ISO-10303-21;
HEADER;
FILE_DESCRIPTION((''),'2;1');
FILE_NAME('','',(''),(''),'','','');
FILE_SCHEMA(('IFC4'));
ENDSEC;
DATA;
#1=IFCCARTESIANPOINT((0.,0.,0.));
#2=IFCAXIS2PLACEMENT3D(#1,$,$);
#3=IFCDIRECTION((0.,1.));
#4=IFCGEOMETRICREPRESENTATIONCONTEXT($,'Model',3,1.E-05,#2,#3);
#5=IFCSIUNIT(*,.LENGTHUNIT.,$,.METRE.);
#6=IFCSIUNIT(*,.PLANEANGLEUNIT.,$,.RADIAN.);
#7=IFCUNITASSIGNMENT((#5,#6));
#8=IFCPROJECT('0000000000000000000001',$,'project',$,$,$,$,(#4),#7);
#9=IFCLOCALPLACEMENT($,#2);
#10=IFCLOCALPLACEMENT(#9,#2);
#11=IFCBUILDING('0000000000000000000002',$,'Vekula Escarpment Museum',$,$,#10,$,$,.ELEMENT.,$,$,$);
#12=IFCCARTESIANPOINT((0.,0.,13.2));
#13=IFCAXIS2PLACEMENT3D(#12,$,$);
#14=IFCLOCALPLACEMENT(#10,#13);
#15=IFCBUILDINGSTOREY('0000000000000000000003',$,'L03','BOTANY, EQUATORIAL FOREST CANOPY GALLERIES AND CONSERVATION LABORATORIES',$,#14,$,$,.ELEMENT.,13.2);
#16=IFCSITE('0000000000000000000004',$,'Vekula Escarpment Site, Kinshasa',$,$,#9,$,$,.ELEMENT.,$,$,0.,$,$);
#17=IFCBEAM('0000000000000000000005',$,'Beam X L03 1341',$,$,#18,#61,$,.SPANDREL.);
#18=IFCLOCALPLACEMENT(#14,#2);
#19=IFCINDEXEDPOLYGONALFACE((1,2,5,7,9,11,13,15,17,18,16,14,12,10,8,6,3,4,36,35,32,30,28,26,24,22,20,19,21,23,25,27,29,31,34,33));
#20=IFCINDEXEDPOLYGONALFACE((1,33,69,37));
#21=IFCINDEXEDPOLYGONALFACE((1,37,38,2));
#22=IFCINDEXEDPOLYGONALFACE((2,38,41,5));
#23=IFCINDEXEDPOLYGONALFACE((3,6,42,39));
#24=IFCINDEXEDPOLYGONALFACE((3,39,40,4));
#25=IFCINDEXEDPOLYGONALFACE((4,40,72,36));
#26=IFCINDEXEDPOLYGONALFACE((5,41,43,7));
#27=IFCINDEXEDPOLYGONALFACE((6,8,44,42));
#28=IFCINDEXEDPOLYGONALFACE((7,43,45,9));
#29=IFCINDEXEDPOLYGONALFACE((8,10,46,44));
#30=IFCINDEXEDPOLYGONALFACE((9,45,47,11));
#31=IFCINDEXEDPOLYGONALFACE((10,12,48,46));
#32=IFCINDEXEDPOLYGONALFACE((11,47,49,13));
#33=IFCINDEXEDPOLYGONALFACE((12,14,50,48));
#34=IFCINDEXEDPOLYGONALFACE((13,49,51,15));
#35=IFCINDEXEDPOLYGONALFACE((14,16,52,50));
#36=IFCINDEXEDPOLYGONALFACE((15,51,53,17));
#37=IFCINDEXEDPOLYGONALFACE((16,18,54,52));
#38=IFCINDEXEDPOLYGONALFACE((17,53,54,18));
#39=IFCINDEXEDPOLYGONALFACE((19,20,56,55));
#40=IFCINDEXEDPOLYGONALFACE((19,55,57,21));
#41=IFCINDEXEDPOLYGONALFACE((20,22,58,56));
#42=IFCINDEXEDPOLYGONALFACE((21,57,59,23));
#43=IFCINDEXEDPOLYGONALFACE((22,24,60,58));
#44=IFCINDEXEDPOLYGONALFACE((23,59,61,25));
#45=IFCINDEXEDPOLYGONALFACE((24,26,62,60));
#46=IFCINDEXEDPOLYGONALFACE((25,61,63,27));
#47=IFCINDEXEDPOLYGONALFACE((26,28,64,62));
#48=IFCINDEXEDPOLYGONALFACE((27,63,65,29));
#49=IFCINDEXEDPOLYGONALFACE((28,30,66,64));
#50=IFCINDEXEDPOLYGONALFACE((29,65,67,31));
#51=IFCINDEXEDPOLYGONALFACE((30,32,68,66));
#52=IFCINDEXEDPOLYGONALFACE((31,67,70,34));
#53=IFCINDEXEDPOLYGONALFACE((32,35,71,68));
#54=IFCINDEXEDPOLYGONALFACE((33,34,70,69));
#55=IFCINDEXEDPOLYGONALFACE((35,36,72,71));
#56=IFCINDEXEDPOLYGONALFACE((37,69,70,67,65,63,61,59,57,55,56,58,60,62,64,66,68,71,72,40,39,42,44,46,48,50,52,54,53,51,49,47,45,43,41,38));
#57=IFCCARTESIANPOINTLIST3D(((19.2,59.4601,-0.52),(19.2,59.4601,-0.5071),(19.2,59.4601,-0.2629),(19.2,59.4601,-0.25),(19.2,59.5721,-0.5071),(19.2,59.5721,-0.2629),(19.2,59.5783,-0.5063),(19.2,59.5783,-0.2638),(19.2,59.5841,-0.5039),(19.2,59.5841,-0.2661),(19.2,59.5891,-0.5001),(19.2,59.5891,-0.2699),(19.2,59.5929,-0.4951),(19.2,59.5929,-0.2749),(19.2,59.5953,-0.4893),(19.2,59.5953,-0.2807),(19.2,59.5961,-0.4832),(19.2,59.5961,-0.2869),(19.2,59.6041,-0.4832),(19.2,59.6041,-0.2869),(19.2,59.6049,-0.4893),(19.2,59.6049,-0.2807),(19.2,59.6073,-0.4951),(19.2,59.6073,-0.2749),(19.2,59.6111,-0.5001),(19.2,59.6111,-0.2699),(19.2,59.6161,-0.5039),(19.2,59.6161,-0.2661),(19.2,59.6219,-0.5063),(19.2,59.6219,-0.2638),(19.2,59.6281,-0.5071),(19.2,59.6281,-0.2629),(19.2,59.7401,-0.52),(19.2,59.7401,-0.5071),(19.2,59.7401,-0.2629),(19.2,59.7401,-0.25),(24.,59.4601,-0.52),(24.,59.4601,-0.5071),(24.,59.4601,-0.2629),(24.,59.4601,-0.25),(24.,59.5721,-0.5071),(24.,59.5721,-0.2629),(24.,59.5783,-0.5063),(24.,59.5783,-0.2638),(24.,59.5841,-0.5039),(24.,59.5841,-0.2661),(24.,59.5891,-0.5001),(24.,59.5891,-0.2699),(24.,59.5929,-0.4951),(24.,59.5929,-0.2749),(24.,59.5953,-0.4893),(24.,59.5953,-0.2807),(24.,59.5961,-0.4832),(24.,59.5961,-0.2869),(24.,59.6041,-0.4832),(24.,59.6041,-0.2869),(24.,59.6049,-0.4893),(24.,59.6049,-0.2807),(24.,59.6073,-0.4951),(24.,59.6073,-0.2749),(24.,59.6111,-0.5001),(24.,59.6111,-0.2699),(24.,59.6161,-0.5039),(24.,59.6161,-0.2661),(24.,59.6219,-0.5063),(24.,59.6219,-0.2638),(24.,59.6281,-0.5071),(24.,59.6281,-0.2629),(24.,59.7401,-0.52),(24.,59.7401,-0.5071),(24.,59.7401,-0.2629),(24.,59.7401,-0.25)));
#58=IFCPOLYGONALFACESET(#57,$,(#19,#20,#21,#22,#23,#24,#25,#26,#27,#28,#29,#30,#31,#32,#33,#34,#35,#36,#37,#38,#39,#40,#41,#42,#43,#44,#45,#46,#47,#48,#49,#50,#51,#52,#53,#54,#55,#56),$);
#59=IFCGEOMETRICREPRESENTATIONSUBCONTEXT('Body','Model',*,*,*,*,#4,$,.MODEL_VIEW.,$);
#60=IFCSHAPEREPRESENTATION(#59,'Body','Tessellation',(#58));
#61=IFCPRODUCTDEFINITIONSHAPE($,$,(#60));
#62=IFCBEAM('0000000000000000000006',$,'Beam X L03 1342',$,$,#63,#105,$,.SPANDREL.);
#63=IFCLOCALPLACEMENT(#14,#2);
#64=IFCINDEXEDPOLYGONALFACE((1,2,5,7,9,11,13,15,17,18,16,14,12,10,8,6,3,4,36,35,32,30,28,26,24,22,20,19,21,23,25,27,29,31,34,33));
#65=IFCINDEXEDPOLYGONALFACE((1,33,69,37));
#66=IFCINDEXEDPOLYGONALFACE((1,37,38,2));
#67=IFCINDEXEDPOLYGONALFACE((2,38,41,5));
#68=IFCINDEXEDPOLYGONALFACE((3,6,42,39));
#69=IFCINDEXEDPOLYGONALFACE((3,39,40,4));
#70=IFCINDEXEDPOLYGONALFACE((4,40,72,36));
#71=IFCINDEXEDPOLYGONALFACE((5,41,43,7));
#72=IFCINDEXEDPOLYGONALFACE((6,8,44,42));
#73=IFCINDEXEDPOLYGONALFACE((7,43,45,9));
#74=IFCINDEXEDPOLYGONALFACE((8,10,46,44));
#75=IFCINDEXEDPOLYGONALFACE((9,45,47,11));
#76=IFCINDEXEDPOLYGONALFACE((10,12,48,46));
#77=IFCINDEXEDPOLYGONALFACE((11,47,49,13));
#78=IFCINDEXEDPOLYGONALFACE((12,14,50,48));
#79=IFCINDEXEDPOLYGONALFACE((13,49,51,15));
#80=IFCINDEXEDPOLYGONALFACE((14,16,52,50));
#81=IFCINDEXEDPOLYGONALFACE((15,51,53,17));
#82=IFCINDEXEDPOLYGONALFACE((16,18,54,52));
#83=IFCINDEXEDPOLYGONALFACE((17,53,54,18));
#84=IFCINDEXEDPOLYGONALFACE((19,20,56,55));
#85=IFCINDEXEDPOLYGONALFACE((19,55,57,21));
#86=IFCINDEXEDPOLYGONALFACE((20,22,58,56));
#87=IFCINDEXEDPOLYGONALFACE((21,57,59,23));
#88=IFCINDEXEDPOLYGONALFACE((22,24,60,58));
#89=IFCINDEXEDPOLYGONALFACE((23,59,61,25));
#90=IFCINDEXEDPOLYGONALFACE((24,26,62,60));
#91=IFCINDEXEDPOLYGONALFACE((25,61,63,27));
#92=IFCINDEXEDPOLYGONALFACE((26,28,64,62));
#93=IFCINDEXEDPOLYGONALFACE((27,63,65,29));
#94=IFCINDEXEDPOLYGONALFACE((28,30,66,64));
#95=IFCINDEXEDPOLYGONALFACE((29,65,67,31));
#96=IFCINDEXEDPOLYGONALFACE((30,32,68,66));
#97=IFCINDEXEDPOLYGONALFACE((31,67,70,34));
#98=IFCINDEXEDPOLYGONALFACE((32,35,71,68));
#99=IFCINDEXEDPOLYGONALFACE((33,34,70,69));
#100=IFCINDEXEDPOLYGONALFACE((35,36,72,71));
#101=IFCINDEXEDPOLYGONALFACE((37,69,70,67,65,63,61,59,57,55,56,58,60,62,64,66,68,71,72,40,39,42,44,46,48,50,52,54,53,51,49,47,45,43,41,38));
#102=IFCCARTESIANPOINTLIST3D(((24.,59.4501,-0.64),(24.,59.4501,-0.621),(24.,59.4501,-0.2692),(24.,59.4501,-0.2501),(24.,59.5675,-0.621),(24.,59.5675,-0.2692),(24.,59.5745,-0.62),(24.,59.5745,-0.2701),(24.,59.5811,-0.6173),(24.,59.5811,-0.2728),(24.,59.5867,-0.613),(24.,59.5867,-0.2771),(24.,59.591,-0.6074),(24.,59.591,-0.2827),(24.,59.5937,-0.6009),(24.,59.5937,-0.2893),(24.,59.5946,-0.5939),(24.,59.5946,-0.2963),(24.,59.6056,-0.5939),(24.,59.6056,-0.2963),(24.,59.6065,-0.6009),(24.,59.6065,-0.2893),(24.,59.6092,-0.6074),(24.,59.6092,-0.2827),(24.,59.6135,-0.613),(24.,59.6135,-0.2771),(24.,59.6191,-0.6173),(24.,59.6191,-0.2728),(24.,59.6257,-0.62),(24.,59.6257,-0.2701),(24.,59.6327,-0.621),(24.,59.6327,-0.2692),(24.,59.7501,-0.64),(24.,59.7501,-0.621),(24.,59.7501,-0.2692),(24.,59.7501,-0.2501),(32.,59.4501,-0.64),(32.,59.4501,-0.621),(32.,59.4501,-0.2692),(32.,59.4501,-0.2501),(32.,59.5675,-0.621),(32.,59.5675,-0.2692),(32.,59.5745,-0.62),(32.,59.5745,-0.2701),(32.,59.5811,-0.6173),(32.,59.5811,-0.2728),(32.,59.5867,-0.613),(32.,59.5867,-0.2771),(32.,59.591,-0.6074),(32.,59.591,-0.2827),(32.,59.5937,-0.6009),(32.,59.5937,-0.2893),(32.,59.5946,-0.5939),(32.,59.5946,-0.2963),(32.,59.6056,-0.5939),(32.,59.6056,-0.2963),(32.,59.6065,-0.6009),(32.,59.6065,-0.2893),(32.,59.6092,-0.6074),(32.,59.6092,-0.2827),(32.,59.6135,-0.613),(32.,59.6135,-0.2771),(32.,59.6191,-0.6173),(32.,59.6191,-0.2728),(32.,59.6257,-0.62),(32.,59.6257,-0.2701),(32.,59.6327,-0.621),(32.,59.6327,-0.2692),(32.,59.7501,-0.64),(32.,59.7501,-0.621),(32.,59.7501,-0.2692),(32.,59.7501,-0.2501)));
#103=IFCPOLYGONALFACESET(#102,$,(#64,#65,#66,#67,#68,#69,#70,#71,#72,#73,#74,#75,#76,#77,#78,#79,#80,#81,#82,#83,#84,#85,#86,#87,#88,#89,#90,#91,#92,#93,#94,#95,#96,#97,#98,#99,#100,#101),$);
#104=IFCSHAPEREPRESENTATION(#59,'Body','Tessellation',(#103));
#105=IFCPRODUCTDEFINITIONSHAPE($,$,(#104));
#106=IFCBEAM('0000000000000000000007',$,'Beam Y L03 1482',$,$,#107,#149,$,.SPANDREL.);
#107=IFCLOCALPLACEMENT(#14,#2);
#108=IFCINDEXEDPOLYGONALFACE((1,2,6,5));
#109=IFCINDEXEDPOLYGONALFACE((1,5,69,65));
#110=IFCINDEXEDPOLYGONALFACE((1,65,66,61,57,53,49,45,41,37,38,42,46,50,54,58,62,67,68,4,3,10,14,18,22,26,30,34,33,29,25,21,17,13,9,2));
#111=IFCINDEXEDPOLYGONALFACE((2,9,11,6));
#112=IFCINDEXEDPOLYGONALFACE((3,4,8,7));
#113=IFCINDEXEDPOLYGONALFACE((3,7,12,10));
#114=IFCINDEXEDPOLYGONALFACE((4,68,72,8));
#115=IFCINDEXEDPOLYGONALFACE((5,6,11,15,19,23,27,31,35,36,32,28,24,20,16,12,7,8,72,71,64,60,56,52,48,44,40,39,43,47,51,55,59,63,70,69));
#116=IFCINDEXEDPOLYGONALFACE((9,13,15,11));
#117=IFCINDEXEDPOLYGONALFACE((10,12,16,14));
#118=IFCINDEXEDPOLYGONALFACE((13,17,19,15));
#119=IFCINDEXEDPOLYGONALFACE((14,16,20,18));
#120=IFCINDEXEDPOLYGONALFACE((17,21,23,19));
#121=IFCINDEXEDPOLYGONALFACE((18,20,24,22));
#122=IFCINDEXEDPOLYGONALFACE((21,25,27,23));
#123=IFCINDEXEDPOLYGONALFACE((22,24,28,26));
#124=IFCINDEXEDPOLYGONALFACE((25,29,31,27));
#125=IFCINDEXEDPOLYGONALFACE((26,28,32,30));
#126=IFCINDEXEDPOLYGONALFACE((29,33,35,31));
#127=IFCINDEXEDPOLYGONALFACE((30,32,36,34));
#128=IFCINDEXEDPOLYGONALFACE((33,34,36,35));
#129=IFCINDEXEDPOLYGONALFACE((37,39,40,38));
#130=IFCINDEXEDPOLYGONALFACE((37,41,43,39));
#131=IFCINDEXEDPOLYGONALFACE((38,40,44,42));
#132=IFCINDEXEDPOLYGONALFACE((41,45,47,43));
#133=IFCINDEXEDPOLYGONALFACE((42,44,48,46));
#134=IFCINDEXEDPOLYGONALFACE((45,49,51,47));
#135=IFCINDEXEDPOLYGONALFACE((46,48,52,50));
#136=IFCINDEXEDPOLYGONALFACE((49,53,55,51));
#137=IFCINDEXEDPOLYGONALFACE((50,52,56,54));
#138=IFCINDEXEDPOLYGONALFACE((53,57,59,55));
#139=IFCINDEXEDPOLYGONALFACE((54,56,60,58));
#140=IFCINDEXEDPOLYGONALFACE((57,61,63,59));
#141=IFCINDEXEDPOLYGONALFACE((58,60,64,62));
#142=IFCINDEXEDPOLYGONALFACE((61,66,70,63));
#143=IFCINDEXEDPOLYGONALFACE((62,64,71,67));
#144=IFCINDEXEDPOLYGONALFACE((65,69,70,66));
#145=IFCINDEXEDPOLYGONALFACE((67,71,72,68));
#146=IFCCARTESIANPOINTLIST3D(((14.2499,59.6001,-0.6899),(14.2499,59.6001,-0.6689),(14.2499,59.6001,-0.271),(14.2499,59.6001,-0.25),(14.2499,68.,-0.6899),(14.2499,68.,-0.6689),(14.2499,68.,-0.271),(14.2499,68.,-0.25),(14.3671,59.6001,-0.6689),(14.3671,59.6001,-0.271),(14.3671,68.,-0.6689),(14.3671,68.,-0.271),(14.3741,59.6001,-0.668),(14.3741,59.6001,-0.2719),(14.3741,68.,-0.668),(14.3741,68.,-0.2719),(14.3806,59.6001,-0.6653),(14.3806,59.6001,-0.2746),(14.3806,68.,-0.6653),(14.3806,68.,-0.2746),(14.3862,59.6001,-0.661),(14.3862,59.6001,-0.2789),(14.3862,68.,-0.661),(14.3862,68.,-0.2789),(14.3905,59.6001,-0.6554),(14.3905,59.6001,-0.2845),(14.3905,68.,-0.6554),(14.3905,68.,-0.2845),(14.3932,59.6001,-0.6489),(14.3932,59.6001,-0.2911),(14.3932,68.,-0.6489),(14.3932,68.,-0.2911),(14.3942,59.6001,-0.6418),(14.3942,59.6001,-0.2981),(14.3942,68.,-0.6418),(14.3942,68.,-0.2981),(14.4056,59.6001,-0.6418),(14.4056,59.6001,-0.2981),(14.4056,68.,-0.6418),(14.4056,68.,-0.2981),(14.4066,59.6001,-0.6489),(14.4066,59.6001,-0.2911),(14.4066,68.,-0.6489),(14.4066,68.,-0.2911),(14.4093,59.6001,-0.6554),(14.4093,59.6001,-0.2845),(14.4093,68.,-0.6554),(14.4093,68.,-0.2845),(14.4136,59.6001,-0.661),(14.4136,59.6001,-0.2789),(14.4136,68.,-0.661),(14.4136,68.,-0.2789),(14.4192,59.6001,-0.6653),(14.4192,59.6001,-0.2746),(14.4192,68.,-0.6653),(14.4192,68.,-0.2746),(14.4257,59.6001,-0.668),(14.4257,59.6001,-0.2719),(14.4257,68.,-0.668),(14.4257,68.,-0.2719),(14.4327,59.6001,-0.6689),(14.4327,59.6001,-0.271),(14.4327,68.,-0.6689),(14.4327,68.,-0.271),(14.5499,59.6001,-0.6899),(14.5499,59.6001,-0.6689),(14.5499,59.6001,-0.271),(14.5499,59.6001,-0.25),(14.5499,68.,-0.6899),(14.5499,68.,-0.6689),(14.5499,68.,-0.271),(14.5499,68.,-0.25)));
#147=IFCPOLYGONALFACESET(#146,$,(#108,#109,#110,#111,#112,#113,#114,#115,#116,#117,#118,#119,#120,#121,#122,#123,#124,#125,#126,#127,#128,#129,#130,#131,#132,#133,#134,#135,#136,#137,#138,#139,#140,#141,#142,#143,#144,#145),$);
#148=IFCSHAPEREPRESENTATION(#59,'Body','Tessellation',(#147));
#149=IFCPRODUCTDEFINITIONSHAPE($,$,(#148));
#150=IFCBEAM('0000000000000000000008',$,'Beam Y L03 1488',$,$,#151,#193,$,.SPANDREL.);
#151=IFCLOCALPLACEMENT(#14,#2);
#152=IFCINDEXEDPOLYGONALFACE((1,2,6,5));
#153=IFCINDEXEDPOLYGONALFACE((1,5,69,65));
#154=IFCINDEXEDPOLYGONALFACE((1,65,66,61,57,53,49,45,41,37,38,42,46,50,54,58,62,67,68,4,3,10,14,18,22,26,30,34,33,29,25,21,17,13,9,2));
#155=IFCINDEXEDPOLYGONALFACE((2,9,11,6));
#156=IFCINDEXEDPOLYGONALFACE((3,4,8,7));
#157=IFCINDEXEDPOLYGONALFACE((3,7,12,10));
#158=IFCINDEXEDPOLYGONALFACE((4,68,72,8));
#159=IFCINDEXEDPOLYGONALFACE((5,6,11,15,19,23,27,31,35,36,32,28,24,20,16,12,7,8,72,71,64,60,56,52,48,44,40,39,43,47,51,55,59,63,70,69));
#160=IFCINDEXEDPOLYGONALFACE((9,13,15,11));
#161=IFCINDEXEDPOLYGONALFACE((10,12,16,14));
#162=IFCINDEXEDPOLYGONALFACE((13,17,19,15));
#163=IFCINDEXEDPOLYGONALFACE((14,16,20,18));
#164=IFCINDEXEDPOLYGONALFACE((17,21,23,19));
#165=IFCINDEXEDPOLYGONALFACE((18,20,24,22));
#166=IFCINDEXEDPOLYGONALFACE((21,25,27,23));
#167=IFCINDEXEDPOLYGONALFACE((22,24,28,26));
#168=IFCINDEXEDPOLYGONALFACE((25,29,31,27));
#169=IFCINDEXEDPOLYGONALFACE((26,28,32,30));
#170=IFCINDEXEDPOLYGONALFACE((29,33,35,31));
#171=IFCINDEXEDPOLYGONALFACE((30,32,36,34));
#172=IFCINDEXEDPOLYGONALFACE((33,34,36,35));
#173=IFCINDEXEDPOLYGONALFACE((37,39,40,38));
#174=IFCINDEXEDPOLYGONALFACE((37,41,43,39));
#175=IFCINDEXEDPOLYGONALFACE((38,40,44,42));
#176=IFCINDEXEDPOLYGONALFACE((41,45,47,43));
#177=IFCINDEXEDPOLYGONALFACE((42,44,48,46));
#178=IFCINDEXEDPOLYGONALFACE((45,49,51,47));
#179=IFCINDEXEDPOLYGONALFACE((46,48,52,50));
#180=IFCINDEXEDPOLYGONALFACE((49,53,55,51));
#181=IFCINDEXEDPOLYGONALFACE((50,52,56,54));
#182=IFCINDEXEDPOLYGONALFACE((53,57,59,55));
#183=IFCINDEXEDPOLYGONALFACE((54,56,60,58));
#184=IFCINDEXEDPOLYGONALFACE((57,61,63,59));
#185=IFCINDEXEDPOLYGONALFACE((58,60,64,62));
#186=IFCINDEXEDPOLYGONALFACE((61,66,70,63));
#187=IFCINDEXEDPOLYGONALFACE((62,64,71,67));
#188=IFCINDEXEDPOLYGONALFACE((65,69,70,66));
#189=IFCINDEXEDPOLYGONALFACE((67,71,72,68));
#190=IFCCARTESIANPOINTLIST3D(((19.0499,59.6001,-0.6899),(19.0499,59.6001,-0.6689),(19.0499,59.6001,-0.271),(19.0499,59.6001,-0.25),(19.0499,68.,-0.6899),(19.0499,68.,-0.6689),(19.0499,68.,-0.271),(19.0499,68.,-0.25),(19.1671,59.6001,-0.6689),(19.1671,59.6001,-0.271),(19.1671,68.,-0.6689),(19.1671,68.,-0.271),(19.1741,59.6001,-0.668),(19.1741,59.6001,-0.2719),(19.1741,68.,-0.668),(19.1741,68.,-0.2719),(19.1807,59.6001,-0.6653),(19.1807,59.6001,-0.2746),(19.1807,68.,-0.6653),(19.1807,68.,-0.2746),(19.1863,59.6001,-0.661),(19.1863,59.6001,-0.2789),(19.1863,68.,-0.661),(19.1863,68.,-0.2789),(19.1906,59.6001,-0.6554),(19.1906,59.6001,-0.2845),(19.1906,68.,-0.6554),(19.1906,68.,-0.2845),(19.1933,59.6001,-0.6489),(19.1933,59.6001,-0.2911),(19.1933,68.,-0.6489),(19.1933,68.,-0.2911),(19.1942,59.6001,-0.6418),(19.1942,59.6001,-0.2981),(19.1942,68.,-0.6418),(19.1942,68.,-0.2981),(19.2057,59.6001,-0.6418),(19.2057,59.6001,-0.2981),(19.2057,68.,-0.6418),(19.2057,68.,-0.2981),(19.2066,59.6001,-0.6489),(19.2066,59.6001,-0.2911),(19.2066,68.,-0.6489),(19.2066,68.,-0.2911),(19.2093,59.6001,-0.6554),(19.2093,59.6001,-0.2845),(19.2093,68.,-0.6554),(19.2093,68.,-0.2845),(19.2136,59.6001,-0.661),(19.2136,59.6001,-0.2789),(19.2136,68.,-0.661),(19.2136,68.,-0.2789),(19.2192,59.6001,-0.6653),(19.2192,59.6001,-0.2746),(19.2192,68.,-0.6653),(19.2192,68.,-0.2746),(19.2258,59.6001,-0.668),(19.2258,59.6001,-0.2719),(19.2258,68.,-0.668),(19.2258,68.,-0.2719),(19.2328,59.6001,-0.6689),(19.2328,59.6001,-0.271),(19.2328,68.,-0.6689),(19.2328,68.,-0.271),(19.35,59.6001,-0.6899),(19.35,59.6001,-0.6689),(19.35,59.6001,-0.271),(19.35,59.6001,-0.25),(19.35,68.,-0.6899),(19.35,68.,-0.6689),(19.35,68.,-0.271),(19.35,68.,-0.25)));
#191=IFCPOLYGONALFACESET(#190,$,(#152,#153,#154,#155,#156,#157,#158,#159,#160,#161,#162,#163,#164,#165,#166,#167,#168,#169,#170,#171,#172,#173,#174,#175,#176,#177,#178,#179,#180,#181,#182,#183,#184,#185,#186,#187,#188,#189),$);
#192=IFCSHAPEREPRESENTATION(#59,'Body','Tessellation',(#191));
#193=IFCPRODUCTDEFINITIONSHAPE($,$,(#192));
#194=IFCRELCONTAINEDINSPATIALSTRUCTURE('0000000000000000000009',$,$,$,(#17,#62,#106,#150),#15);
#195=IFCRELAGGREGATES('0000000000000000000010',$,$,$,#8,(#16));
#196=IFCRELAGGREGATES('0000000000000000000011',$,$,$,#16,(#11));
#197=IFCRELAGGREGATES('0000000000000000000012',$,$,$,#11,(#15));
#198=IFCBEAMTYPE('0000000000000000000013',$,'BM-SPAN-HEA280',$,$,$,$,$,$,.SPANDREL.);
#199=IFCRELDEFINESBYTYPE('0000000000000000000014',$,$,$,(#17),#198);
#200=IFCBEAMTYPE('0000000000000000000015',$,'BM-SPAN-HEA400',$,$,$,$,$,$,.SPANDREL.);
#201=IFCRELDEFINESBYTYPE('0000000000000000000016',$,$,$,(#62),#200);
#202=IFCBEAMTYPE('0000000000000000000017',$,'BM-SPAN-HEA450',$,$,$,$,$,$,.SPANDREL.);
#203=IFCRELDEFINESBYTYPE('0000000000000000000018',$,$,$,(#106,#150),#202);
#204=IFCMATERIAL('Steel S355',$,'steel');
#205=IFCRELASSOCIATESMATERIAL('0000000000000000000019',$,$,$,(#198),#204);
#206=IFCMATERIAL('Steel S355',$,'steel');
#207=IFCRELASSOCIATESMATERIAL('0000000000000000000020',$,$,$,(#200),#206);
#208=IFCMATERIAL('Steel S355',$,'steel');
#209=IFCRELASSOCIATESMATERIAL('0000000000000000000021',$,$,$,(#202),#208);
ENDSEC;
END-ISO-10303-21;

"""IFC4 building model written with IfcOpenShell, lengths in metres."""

from ifc_helpers import new_model, si_unit, direction, frame, origin, origin_2d, place, context, subcontext, project, spatial, i_section, extrude, material, material_profile, profile_set, type_object, element, save


model = new_model("IFC4")

# Units and contexts
model_context = context("Model", 3, precision=1e-05, world=origin(), true_north=direction((0.0, 1.0)))
body_context = subcontext(model_context, "Body", "Model", "MODEL_VIEW")
ifc_project = project(units=[si_unit("LENGTHUNIT", "METRE"), si_unit("PLANEANGLEUNIT", "RADIAN")], contexts=[model_context])

# Site, building, storey
site_placement = place(None, origin())
site = spatial("IfcSite", under=ifc_project, at=site_placement, Name="Vekula Escarpment Site, Kinshasa", CompositionType="ELEMENT", RefElevation=0.0)
building_placement = place(site_placement, origin())
building = spatial("IfcBuilding", under=site, at=building_placement, Name="Vekula Escarpment Museum", CompositionType="ELEMENT")
storey_placement = place(building_placement, frame((0.0, 0.0, 13.2)))
storey = spatial("IfcBuildingStorey", under=building, at=storey_placement, Name="L03", Description="BOTANY, EQUATORIAL FOREST CANOPY GALLERIES AND CONSERVATION LABORATORIES", CompositionType="ELEMENT", Elevation=13.2)

# Beams
ifc_material_1 = material(Name="Steel S355", Category="steel")
ifc_material_profile_1 = material_profile(ifc_material_1, i_section(OverallWidth=0.28, OverallDepth=0.27, WebThickness=0.0081, FlangeThickness=0.0129, FilletRadius=0.0239, at=origin_2d()), Name="HEA 280")
ifc_profile_set_1 = profile_set([ifc_material_profile_1], Name="Steel S355")
beam_type_1 = type_object("IfcBeamType", Name="BM-SPAN-HEA280", PredefinedType="SPANDREL", material=ifc_profile_set_1)
for number, where, z_axis, x_axis, name in (
    (1, (19.2, 59.6001, -0.385), (1.0, 0.0, 0.0), (0.0, 1.0, 0.0), "Beam X L03 1341"),
):
    element("IfcBeam", number, at=place(storey_placement, frame(where, z_axis=z_axis, x_axis=x_axis)), inside=storey, type_object=beam_type_1, Name=name, PredefinedType="SPANDREL", context=body_context, shape_type="SweptSolid", body=[
        extrude(i_section(OverallWidth=0.28, OverallDepth=0.27, WebThickness=0.0081, FlangeThickness=0.0129, FilletRadius=0.0239, at=origin_2d()), origin(), (0.0, 0.0, 1.0), 4.8),
    ])
ifc_material_2 = material(Name="Steel S355", Category="steel")
ifc_material_profile_2 = material_profile(ifc_material_2, i_section(OverallWidth=0.3, OverallDepth=0.3899, WebThickness=0.011, FlangeThickness=0.019, FilletRadius=0.0271, at=origin_2d()), Name="HEA 400")
ifc_profile_set_2 = profile_set([ifc_material_profile_2], Name="Steel S355")
beam_type_2 = type_object("IfcBeamType", Name="BM-SPAN-HEA400", PredefinedType="SPANDREL", material=ifc_profile_set_2)
beam_1_placement = place(storey_placement, frame((24.0, 59.6001, -0.4451), z_axis=(1.0, 0.0, 0.0), x_axis=(0.0, 1.0, 0.0)))
element("IfcBeam", 2, at=beam_1_placement, inside=storey, type_object=beam_type_2, Name="Beam X L03 1342", PredefinedType="SPANDREL", context=body_context, shape_type="SweptSolid", body=[
    extrude(i_section(OverallWidth=0.3, OverallDepth=0.3899, WebThickness=0.011, FlangeThickness=0.019, FilletRadius=0.0271, at=origin_2d()), origin(), (0.0, 0.0, 1.0), 8.0),
])
ifc_material_3 = material(Name="Steel S355", Category="steel")
ifc_material_profile_3 = material_profile(ifc_material_3, i_section(OverallWidth=0.3, OverallDepth=0.4399, WebThickness=0.0115, FlangeThickness=0.021, FilletRadius=0.0271, at=origin_2d()), Name="HEA 450")
ifc_profile_set_3 = profile_set([ifc_material_profile_3], Name="Steel S355")
beam_type_3 = type_object("IfcBeamType", Name="BM-SPAN-HEA450", PredefinedType="SPANDREL", material=ifc_profile_set_3)
for number, where, z_axis, x_axis, name in (
    (3, (14.3999, 59.6001, -0.47), (0.0, 1.0, 0.0), (-1.0, 0.0, 0.0), "Beam Y L03 1482"),
    (4, (19.2, 59.6001, -0.47), (0.0, 1.0, 0.0), (-1.0, 0.0, 0.0), "Beam Y L03 1488"),
):
    element("IfcBeam", number, at=place(storey_placement, frame(where, z_axis=z_axis, x_axis=x_axis)), inside=storey, type_object=beam_type_3, Name=name, PredefinedType="SPANDREL", context=body_context, shape_type="SweptSolid", body=[
        extrude(i_section(OverallWidth=0.3, OverallDepth=0.4399, WebThickness=0.0115, FlangeThickness=0.021, FilletRadius=0.0271, at=origin_2d()), origin(), (0.0, 0.0, 1.0), 8.3999),
    ])

save(model, "model.ifc")
